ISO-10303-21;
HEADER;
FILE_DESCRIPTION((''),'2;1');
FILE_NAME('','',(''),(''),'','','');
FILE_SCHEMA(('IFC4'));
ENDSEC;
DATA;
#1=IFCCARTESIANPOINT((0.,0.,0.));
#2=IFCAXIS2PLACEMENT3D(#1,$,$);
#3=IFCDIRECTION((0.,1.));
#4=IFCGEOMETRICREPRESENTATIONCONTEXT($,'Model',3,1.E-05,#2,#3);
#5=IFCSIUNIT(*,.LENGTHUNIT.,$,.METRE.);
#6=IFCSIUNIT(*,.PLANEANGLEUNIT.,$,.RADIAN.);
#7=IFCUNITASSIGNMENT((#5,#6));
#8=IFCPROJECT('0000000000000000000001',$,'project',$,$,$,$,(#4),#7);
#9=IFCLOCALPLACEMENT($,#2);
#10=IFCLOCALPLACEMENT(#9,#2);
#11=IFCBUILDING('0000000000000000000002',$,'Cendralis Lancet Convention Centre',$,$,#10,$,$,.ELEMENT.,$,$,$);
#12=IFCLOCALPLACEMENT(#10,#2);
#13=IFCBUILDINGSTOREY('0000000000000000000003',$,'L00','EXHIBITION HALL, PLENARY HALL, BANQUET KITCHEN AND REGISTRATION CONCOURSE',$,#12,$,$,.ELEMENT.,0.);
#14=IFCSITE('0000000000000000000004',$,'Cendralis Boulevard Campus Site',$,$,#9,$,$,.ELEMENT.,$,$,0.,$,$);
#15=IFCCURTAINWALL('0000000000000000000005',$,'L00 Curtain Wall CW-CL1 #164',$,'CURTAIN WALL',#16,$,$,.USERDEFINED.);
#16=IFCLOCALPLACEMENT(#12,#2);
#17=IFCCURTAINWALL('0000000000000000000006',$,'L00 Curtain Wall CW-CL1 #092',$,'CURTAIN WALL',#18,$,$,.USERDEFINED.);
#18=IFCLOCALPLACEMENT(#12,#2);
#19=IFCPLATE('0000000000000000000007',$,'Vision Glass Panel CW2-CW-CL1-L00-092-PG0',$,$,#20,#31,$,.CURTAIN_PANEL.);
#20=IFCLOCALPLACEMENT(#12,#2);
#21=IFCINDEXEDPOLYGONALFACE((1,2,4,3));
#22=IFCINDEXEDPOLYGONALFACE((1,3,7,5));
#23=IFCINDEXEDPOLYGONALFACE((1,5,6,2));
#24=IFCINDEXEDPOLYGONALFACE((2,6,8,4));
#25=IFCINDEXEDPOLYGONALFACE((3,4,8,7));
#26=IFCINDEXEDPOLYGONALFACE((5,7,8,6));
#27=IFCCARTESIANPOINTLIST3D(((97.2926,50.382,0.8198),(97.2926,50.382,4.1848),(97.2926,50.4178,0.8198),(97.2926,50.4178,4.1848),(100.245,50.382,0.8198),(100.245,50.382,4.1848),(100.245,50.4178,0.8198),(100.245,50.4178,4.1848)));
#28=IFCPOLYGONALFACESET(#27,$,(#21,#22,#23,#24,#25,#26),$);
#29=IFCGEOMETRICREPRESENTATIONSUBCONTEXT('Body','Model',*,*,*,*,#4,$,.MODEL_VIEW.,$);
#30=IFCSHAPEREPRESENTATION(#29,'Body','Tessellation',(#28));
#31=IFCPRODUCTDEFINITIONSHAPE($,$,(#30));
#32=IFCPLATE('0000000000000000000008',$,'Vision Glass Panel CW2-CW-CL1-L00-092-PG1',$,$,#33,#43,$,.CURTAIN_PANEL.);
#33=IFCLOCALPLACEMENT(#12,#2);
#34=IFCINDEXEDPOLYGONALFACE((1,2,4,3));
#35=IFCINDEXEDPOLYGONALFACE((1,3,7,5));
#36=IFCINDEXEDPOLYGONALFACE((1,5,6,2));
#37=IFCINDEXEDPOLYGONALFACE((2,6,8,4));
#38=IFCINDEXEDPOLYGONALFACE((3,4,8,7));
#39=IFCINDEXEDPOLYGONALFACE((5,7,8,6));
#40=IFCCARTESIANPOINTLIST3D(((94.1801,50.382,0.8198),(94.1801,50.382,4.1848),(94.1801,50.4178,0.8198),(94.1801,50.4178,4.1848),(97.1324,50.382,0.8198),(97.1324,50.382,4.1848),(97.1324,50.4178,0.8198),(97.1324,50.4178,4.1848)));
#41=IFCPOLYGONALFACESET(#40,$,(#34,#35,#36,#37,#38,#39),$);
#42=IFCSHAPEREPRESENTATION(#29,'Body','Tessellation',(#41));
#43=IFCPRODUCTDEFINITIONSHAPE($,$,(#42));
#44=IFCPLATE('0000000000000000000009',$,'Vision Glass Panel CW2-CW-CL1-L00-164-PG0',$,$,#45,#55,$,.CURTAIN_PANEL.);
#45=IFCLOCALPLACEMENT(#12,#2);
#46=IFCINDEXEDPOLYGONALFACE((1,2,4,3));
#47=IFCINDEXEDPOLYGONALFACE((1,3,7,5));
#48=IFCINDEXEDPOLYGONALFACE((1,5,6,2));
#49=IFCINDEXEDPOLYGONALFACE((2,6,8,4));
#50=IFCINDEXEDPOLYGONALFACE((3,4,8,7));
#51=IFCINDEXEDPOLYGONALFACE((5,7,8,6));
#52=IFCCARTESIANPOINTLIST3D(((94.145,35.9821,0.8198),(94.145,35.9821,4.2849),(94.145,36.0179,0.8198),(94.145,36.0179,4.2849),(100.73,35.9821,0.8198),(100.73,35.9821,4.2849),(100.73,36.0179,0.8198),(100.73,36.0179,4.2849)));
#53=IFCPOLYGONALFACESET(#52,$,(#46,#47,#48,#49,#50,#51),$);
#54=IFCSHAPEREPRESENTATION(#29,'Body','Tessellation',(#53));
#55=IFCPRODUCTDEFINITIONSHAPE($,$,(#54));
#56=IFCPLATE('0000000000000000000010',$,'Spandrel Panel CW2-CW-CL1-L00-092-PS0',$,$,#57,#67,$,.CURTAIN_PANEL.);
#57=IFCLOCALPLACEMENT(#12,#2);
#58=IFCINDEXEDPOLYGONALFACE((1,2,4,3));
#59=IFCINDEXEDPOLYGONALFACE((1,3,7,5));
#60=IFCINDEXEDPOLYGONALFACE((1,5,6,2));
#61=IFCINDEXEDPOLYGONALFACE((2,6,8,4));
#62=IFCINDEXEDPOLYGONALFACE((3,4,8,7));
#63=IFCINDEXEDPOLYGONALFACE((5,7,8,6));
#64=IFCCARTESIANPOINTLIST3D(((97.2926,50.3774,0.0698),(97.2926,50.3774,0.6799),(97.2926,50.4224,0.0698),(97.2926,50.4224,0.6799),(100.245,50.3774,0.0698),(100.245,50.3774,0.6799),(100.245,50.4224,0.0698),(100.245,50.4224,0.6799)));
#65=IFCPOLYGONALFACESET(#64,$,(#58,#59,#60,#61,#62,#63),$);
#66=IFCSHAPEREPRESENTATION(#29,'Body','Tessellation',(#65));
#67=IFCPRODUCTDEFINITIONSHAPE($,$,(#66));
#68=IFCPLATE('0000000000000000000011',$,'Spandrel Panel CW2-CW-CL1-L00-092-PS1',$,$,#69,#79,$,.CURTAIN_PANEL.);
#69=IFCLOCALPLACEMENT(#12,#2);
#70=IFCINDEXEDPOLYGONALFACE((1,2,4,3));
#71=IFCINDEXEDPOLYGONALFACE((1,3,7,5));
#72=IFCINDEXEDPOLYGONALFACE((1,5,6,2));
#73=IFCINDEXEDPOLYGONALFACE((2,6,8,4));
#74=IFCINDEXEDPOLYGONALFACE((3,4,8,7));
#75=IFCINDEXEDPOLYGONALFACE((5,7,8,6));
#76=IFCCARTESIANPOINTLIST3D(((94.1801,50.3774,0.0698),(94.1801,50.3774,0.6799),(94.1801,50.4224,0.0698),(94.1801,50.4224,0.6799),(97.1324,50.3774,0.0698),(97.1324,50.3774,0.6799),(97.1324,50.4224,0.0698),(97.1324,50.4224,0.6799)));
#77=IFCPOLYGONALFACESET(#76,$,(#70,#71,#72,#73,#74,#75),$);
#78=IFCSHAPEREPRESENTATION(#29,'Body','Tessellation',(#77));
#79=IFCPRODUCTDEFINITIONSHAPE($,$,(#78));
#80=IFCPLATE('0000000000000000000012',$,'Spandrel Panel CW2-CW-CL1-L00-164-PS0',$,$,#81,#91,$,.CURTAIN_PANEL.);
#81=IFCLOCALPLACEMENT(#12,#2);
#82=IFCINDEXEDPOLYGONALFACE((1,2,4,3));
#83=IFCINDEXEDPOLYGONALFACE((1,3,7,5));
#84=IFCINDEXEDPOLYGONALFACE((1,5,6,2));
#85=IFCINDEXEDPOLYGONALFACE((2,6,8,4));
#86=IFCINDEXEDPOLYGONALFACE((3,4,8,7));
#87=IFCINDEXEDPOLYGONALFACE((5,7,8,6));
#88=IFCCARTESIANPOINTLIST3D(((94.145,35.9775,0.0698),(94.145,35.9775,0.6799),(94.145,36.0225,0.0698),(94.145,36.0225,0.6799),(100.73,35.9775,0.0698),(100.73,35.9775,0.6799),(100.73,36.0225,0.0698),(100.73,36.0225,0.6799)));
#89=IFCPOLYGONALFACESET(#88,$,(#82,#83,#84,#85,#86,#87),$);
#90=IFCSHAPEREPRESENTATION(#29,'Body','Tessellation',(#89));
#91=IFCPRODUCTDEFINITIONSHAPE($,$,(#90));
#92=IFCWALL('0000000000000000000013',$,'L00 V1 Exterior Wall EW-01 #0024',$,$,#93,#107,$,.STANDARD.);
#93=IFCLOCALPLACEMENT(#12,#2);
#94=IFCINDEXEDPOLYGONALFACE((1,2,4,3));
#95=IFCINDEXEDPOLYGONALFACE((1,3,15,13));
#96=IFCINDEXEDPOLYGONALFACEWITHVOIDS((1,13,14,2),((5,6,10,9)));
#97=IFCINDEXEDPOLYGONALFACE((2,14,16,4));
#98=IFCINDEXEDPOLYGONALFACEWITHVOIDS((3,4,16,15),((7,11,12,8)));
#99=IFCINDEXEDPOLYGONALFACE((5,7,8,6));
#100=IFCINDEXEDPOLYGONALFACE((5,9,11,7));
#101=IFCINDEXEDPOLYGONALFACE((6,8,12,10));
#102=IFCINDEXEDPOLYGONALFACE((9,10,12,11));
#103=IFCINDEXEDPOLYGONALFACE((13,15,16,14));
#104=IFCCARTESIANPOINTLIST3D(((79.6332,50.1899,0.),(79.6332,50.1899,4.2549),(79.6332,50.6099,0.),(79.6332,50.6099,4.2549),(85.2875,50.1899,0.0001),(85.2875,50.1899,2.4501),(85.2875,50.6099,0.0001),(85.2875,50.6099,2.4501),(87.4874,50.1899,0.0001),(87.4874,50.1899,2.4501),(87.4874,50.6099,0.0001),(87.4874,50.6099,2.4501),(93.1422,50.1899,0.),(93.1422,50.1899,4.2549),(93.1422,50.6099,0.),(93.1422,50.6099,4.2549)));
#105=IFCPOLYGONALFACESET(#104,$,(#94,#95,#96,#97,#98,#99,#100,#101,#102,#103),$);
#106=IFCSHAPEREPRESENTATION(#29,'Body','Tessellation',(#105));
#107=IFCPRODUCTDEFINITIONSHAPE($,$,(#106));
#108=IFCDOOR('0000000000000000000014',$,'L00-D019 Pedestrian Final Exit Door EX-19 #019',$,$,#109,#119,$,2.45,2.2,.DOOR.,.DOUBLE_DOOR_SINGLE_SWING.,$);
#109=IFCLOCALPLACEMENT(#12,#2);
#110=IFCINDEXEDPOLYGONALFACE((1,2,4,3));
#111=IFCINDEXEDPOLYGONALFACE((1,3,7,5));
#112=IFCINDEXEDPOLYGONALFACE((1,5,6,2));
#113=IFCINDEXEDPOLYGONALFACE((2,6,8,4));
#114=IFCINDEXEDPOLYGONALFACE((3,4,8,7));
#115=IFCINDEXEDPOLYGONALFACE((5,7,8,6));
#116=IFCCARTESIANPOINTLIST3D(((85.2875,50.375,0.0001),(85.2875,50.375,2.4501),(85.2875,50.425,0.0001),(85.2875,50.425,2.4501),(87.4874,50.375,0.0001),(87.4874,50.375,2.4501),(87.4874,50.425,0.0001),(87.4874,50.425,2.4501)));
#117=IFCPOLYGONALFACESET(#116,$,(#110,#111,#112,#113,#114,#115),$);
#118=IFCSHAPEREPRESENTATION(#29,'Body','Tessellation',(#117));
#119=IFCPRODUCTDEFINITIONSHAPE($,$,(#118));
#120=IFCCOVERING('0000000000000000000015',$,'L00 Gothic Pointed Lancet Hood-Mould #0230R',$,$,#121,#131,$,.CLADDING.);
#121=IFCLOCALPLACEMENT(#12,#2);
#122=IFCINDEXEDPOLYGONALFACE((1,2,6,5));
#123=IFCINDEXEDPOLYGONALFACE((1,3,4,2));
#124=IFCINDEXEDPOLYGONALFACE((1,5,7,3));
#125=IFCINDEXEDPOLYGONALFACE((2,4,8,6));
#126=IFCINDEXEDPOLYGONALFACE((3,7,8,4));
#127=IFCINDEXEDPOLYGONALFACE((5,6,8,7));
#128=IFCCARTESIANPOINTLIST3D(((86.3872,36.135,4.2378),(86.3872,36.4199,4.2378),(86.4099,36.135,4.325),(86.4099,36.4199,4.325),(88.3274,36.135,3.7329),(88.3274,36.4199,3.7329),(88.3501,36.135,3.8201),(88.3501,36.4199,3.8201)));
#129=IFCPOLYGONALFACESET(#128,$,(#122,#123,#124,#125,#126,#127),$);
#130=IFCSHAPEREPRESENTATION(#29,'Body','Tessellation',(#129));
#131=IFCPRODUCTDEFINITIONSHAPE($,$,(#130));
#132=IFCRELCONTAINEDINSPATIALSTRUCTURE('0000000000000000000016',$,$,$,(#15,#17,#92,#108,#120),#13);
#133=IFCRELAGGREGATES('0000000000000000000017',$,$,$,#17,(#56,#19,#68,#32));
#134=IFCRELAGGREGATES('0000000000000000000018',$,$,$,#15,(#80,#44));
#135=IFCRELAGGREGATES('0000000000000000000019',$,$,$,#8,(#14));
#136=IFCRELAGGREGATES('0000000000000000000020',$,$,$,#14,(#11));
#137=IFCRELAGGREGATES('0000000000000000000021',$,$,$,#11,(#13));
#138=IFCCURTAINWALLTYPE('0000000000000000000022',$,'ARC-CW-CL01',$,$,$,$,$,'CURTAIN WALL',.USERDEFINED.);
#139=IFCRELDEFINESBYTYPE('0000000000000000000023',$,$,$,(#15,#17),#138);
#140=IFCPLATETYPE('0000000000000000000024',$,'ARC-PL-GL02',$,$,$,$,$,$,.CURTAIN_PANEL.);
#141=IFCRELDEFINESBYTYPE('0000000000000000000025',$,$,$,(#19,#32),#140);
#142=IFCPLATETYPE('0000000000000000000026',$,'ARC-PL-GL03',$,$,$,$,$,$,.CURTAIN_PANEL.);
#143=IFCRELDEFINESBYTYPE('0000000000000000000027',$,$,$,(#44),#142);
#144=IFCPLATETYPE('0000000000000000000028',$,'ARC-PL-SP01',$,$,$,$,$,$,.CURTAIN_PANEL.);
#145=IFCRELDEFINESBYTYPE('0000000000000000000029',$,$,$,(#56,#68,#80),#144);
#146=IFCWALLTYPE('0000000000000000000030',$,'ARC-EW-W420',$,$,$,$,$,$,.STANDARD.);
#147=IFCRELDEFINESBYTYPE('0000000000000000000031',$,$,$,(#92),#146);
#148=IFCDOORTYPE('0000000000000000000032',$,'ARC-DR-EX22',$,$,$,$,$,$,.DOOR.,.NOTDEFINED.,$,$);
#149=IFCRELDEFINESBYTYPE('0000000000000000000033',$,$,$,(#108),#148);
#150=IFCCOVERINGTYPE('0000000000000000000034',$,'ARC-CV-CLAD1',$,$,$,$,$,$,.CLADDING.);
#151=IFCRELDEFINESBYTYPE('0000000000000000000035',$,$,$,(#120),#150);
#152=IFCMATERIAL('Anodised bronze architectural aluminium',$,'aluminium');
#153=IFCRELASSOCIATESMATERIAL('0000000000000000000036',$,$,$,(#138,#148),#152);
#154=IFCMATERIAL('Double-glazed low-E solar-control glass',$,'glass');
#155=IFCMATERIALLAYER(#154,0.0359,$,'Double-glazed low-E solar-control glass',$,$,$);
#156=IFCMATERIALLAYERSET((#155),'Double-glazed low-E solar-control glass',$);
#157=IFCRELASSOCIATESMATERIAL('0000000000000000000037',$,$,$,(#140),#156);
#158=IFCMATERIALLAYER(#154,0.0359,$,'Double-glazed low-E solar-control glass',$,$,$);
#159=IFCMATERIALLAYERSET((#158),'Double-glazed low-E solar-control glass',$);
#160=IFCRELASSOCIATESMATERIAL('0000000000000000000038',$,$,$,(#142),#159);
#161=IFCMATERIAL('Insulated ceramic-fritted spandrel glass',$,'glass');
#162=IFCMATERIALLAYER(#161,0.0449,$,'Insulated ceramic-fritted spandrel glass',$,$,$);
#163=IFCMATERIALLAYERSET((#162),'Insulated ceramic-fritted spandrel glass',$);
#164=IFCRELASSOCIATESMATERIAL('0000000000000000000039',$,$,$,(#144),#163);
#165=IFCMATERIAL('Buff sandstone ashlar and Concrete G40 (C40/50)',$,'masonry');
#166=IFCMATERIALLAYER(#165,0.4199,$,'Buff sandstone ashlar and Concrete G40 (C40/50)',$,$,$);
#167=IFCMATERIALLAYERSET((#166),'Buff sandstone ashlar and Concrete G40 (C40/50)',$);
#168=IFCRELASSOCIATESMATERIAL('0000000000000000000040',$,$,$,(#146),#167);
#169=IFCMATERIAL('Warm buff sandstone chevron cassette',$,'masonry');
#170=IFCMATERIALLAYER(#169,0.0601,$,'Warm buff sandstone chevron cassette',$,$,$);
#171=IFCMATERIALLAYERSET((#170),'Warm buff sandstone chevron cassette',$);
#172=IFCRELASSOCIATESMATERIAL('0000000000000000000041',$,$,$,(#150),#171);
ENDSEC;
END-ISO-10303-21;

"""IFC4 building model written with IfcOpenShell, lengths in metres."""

from ifc_helpers import new_model, si_unit, direction, frame, frame_2d, origin, origin_2d, place, context, subcontext, project, spatial, polyline, rectangle, outline, extrude, material, layer, layer_set, type_object, element, fill, aggregate, save


model = new_model("IFC4")

# Units and contexts
model_context = context("Model", 3, precision=1e-05, world=origin(), true_north=direction((0.0, 1.0)))
body_context = subcontext(model_context, "Body", "Model", "MODEL_VIEW")
ifc_project = project(units=[si_unit("LENGTHUNIT", "METRE"), si_unit("PLANEANGLEUNIT", "RADIAN")], contexts=[model_context])

# Site, building, storey
site_placement = place(None, origin())
site = spatial("IfcSite", under=ifc_project, at=site_placement, Name="Cendralis Boulevard Campus Site", CompositionType="ELEMENT", RefElevation=0.0)
building_placement = place(site_placement, origin())
building = spatial("IfcBuilding", under=site, at=building_placement, Name="Cendralis Lancet Convention Centre", CompositionType="ELEMENT")
storey_placement = place(building_placement, origin())
storey = spatial("IfcBuildingStorey", under=building, at=storey_placement, Name="L00", Description="EXHIBITION HALL, PLENARY HALL, BANQUET KITCHEN AND REGISTRATION CONCOURSE", CompositionType="ELEMENT", Elevation=0.0)

# Curtain wall
ifc_material_1 = material(Name="Anodised bronze architectural aluminium", Category="aluminium")
curtain_wall_type = type_object("IfcCurtainWallType", Name="ARC-CW-CL01", ElementType="CURTAIN WALL", PredefinedType="USERDEFINED", material=ifc_material_1)
curtain_wall_1_placement = place(storey_placement, origin())
curtain_wall_1 = element("IfcCurtainWall", 1, at=curtain_wall_1_placement, inside=storey, type_object=curtain_wall_type, Name="L00 Curtain Wall CW-CL1 #164", ObjectType="CURTAIN WALL", PredefinedType="USERDEFINED")

# Curtain wall
curtain_wall_2_placement = place(storey_placement, origin())
curtain_wall_2 = element("IfcCurtainWall", 2, at=curtain_wall_2_placement, inside=storey, type_object=curtain_wall_type, Name="L00 Curtain Wall CW-CL1 #092", ObjectType="CURTAIN WALL", PredefinedType="USERDEFINED")

# Plates
ifc_material_2 = material(Name="Double-glazed low-E solar-control glass", Category="glass")
ifc_layer_1 = layer(ifc_material_2, 0.0359, Name="Double-glazed low-E solar-control glass")
ifc_layer_set_1 = layer_set([ifc_layer_1], Name="Double-glazed low-E solar-control glass")
plate_type_1 = type_object("IfcPlateType", Name="ARC-PL-GL02", PredefinedType="CURTAIN_PANEL", material=ifc_layer_set_1)
plate_1_placement = place(storey_placement, frame((98.7688, 50.3999, 0.8198), z_axis=(0.0, 0.0, 1.0), x_axis=(-1.0, 0.0, 0.0)))
plate_1 = element("IfcPlate", 3, at=plate_1_placement, type_object=plate_type_1, Name="Vision Glass Panel CW2-CW-CL1-L00-092-PG0", PredefinedType="CURTAIN_PANEL", context=body_context, shape_type="SweptSolid", body=[
    extrude(rectangle(XDim=2.9524, YDim=0.0359, at=origin_2d()), origin(), (0.0, 0.0, 1.0), 3.365),
])
plate_2_placement = place(storey_placement, frame((95.6562, 50.3999, 0.8198), z_axis=(0.0, 0.0, 1.0), x_axis=(-1.0, 0.0, 0.0)))
plate_2 = element("IfcPlate", 4, at=plate_2_placement, type_object=plate_type_1, Name="Vision Glass Panel CW2-CW-CL1-L00-092-PG1", PredefinedType="CURTAIN_PANEL", context=body_context, shape_type="SweptSolid", body=[
    extrude(rectangle(XDim=2.9524, YDim=0.0359, at=origin_2d()), origin(), (0.0, 0.0, 1.0), 3.365),
])
ifc_layer_2 = layer(ifc_material_2, 0.0359, Name="Double-glazed low-E solar-control glass")
ifc_layer_set_2 = layer_set([ifc_layer_2], Name="Double-glazed low-E solar-control glass")
plate_type_2 = type_object("IfcPlateType", Name="ARC-PL-GL03", PredefinedType="CURTAIN_PANEL", material=ifc_layer_set_2)
plate_3_placement = place(storey_placement, frame((97.4375, 36.0, 0.8198), z_axis=(0.0, 0.0, 1.0), x_axis=(1.0, 0.0, 0.0)))
plate_3 = element("IfcPlate", 5, at=plate_3_placement, type_object=plate_type_2, Name="Vision Glass Panel CW2-CW-CL1-L00-164-PG0", PredefinedType="CURTAIN_PANEL", context=body_context, shape_type="SweptSolid", body=[
    extrude(rectangle(XDim=6.585, YDim=0.0359, at=origin_2d()), origin(), (0.0, 0.0, 1.0), 3.4651),
])
ifc_material_3 = material(Name="Insulated ceramic-fritted spandrel glass", Category="glass")
ifc_layer_3 = layer(ifc_material_3, 0.0449, Name="Insulated ceramic-fritted spandrel glass")
ifc_layer_set_3 = layer_set([ifc_layer_3], Name="Insulated ceramic-fritted spandrel glass")
plate_type_3 = type_object("IfcPlateType", Name="ARC-PL-SP01", PredefinedType="CURTAIN_PANEL", material=ifc_layer_set_3)
plate_4_placement = place(storey_placement, frame((98.7688, 50.3999, 0.0698), z_axis=(0.0, 0.0, 1.0), x_axis=(-1.0, 0.0, 0.0)))
plate_4 = element("IfcPlate", 6, at=plate_4_placement, type_object=plate_type_3, Name="Spandrel Panel CW2-CW-CL1-L00-092-PS0", PredefinedType="CURTAIN_PANEL", context=body_context, shape_type="SweptSolid", body=[
    extrude(rectangle(XDim=2.9524, YDim=0.0449, at=origin_2d()), origin(), (0.0, 0.0, 1.0), 0.6101),
])
plate_5_placement = place(storey_placement, frame((95.6562, 50.3999, 0.0698), z_axis=(0.0, 0.0, 1.0), x_axis=(-1.0, 0.0, 0.0)))
plate_5 = element("IfcPlate", 7, at=plate_5_placement, type_object=plate_type_3, Name="Spandrel Panel CW2-CW-CL1-L00-092-PS1", PredefinedType="CURTAIN_PANEL", context=body_context, shape_type="SweptSolid", body=[
    extrude(rectangle(XDim=2.9524, YDim=0.0449, at=origin_2d()), origin(), (0.0, 0.0, 1.0), 0.6101),
])
aggregate(curtain_wall_2, [plate_4, plate_1, plate_5, plate_2])
plate_6_placement = place(storey_placement, frame((97.4375, 36.0, 0.0698), z_axis=(0.0, 0.0, 1.0), x_axis=(1.0, 0.0, 0.0)))
plate_6 = element("IfcPlate", 8, at=plate_6_placement, type_object=plate_type_3, Name="Spandrel Panel CW2-CW-CL1-L00-164-PS0", PredefinedType="CURTAIN_PANEL", context=body_context, shape_type="SweptSolid", body=[
    extrude(rectangle(XDim=6.585, YDim=0.0449, at=origin_2d()), origin(), (0.0, 0.0, 1.0), 0.6101),
])
aggregate(curtain_wall_1, [plate_6, plate_3])

# Wall, opening, door
ifc_material_4 = material(Name="Buff sandstone ashlar and Concrete G40 (C40/50)", Category="masonry")
ifc_layer_4 = layer(ifc_material_4, 0.4199, Name="Buff sandstone ashlar and Concrete G40 (C40/50)")
ifc_layer_set_4 = layer_set([ifc_layer_4], Name="Buff sandstone ashlar and Concrete G40 (C40/50)")
wall_type = type_object("IfcWallType", Name="ARC-EW-W420", PredefinedType="STANDARD", material=ifc_layer_set_4)
wall_placement = place(storey_placement, frame((93.1421, 50.3999, 0.0), z_axis=(0.0, 0.0, 1.0), x_axis=(-1.0, 0.0, 0.0)))
wall = element("IfcWall", 9, at=wall_placement, inside=storey, type_object=wall_type, Name="L00 V1 Exterior Wall EW-01 #0024", PredefinedType="STANDARD", context=body_context, shape_type="SweptSolid", body=[
    extrude(rectangle(XDim=13.509, YDim=0.4199, at=frame_2d((6.7544, 0.0))), origin(), (0.0, 0.0, 1.0), 4.2549),
])
opening_placement = place(wall_placement, frame((5.6545, 0.0, 0.0)))
opening = element("IfcOpeningElement", 10, at=opening_placement, cuts=wall, PredefinedType="OPENING", context=body_context, shape_type="SweptSolid", body=[
    extrude(rectangle(XDim=2.2, YDim=2.45, at=frame_2d((1.1001, 1.2251))), frame((0.0, 0.22, 0.0), z_axis=(0.0, -1.0, 0.0), x_axis=(1.0, 0.0, 0.0)), (0.0, 0.0, 1.0), 0.4399),
])
door_type = type_object("IfcDoorType", Name="ARC-DR-EX22", OperationType="NOTDEFINED", PredefinedType="DOOR", material=ifc_material_1)
door_placement = place(opening_placement, origin())
door = element("IfcDoor", 11, at=door_placement, inside=storey, type_object=door_type, Name="L00-D019 Pedestrian Final Exit Door EX-19 #019", OperationType="DOUBLE_DOOR_SINGLE_SWING", OverallHeight=2.45, OverallWidth=2.2, PredefinedType="DOOR", context=body_context, shape_type="SweptSolid", body=[
    extrude(rectangle(XDim=2.2, YDim=2.45, at=frame_2d((1.1001, 1.2251))), frame((0.0, 0.0249, 0.0), z_axis=(0.0, -1.0, 0.0), x_axis=(1.0, 0.0, 0.0)), (0.0, 0.0, 1.0), 0.05),
])
fill(opening, door)

# Covering
ifc_material_5 = material(Name="Warm buff sandstone chevron cassette", Category="masonry")
ifc_layer_5 = layer(ifc_material_5, 0.0601, Name="Warm buff sandstone chevron cassette")
ifc_layer_set_5 = layer_set([ifc_layer_5], Name="Warm buff sandstone chevron cassette")
covering_type = type_object("IfcCoveringType", Name="ARC-CV-CLAD1", PredefinedType="CLADDING", material=ifc_layer_set_5)
covering_placement = place(storey_placement, frame((86.4099, 36.4199, 4.325), z_axis=(0.251837, 0.0, 0.96777), x_axis=(0.0, -1.0, 0.0)))
element("IfcCovering", 12, at=covering_placement, inside=storey, type_object=covering_type, Name="L00 Gothic Pointed Lancet Hood-Mould #0230R", PredefinedType="CLADDING", context=body_context, shape_type="SweptSolid", body=[
    extrude(outline(polyline([(0.0, 0.0), (0.2849, 0.0), (0.2849, 2.0048), (0.0, 2.0048), (0.0, 0.0)])), origin(), (0.0, 0.0, -1.0), 0.0901),
])

save(model, "model.ifc")
